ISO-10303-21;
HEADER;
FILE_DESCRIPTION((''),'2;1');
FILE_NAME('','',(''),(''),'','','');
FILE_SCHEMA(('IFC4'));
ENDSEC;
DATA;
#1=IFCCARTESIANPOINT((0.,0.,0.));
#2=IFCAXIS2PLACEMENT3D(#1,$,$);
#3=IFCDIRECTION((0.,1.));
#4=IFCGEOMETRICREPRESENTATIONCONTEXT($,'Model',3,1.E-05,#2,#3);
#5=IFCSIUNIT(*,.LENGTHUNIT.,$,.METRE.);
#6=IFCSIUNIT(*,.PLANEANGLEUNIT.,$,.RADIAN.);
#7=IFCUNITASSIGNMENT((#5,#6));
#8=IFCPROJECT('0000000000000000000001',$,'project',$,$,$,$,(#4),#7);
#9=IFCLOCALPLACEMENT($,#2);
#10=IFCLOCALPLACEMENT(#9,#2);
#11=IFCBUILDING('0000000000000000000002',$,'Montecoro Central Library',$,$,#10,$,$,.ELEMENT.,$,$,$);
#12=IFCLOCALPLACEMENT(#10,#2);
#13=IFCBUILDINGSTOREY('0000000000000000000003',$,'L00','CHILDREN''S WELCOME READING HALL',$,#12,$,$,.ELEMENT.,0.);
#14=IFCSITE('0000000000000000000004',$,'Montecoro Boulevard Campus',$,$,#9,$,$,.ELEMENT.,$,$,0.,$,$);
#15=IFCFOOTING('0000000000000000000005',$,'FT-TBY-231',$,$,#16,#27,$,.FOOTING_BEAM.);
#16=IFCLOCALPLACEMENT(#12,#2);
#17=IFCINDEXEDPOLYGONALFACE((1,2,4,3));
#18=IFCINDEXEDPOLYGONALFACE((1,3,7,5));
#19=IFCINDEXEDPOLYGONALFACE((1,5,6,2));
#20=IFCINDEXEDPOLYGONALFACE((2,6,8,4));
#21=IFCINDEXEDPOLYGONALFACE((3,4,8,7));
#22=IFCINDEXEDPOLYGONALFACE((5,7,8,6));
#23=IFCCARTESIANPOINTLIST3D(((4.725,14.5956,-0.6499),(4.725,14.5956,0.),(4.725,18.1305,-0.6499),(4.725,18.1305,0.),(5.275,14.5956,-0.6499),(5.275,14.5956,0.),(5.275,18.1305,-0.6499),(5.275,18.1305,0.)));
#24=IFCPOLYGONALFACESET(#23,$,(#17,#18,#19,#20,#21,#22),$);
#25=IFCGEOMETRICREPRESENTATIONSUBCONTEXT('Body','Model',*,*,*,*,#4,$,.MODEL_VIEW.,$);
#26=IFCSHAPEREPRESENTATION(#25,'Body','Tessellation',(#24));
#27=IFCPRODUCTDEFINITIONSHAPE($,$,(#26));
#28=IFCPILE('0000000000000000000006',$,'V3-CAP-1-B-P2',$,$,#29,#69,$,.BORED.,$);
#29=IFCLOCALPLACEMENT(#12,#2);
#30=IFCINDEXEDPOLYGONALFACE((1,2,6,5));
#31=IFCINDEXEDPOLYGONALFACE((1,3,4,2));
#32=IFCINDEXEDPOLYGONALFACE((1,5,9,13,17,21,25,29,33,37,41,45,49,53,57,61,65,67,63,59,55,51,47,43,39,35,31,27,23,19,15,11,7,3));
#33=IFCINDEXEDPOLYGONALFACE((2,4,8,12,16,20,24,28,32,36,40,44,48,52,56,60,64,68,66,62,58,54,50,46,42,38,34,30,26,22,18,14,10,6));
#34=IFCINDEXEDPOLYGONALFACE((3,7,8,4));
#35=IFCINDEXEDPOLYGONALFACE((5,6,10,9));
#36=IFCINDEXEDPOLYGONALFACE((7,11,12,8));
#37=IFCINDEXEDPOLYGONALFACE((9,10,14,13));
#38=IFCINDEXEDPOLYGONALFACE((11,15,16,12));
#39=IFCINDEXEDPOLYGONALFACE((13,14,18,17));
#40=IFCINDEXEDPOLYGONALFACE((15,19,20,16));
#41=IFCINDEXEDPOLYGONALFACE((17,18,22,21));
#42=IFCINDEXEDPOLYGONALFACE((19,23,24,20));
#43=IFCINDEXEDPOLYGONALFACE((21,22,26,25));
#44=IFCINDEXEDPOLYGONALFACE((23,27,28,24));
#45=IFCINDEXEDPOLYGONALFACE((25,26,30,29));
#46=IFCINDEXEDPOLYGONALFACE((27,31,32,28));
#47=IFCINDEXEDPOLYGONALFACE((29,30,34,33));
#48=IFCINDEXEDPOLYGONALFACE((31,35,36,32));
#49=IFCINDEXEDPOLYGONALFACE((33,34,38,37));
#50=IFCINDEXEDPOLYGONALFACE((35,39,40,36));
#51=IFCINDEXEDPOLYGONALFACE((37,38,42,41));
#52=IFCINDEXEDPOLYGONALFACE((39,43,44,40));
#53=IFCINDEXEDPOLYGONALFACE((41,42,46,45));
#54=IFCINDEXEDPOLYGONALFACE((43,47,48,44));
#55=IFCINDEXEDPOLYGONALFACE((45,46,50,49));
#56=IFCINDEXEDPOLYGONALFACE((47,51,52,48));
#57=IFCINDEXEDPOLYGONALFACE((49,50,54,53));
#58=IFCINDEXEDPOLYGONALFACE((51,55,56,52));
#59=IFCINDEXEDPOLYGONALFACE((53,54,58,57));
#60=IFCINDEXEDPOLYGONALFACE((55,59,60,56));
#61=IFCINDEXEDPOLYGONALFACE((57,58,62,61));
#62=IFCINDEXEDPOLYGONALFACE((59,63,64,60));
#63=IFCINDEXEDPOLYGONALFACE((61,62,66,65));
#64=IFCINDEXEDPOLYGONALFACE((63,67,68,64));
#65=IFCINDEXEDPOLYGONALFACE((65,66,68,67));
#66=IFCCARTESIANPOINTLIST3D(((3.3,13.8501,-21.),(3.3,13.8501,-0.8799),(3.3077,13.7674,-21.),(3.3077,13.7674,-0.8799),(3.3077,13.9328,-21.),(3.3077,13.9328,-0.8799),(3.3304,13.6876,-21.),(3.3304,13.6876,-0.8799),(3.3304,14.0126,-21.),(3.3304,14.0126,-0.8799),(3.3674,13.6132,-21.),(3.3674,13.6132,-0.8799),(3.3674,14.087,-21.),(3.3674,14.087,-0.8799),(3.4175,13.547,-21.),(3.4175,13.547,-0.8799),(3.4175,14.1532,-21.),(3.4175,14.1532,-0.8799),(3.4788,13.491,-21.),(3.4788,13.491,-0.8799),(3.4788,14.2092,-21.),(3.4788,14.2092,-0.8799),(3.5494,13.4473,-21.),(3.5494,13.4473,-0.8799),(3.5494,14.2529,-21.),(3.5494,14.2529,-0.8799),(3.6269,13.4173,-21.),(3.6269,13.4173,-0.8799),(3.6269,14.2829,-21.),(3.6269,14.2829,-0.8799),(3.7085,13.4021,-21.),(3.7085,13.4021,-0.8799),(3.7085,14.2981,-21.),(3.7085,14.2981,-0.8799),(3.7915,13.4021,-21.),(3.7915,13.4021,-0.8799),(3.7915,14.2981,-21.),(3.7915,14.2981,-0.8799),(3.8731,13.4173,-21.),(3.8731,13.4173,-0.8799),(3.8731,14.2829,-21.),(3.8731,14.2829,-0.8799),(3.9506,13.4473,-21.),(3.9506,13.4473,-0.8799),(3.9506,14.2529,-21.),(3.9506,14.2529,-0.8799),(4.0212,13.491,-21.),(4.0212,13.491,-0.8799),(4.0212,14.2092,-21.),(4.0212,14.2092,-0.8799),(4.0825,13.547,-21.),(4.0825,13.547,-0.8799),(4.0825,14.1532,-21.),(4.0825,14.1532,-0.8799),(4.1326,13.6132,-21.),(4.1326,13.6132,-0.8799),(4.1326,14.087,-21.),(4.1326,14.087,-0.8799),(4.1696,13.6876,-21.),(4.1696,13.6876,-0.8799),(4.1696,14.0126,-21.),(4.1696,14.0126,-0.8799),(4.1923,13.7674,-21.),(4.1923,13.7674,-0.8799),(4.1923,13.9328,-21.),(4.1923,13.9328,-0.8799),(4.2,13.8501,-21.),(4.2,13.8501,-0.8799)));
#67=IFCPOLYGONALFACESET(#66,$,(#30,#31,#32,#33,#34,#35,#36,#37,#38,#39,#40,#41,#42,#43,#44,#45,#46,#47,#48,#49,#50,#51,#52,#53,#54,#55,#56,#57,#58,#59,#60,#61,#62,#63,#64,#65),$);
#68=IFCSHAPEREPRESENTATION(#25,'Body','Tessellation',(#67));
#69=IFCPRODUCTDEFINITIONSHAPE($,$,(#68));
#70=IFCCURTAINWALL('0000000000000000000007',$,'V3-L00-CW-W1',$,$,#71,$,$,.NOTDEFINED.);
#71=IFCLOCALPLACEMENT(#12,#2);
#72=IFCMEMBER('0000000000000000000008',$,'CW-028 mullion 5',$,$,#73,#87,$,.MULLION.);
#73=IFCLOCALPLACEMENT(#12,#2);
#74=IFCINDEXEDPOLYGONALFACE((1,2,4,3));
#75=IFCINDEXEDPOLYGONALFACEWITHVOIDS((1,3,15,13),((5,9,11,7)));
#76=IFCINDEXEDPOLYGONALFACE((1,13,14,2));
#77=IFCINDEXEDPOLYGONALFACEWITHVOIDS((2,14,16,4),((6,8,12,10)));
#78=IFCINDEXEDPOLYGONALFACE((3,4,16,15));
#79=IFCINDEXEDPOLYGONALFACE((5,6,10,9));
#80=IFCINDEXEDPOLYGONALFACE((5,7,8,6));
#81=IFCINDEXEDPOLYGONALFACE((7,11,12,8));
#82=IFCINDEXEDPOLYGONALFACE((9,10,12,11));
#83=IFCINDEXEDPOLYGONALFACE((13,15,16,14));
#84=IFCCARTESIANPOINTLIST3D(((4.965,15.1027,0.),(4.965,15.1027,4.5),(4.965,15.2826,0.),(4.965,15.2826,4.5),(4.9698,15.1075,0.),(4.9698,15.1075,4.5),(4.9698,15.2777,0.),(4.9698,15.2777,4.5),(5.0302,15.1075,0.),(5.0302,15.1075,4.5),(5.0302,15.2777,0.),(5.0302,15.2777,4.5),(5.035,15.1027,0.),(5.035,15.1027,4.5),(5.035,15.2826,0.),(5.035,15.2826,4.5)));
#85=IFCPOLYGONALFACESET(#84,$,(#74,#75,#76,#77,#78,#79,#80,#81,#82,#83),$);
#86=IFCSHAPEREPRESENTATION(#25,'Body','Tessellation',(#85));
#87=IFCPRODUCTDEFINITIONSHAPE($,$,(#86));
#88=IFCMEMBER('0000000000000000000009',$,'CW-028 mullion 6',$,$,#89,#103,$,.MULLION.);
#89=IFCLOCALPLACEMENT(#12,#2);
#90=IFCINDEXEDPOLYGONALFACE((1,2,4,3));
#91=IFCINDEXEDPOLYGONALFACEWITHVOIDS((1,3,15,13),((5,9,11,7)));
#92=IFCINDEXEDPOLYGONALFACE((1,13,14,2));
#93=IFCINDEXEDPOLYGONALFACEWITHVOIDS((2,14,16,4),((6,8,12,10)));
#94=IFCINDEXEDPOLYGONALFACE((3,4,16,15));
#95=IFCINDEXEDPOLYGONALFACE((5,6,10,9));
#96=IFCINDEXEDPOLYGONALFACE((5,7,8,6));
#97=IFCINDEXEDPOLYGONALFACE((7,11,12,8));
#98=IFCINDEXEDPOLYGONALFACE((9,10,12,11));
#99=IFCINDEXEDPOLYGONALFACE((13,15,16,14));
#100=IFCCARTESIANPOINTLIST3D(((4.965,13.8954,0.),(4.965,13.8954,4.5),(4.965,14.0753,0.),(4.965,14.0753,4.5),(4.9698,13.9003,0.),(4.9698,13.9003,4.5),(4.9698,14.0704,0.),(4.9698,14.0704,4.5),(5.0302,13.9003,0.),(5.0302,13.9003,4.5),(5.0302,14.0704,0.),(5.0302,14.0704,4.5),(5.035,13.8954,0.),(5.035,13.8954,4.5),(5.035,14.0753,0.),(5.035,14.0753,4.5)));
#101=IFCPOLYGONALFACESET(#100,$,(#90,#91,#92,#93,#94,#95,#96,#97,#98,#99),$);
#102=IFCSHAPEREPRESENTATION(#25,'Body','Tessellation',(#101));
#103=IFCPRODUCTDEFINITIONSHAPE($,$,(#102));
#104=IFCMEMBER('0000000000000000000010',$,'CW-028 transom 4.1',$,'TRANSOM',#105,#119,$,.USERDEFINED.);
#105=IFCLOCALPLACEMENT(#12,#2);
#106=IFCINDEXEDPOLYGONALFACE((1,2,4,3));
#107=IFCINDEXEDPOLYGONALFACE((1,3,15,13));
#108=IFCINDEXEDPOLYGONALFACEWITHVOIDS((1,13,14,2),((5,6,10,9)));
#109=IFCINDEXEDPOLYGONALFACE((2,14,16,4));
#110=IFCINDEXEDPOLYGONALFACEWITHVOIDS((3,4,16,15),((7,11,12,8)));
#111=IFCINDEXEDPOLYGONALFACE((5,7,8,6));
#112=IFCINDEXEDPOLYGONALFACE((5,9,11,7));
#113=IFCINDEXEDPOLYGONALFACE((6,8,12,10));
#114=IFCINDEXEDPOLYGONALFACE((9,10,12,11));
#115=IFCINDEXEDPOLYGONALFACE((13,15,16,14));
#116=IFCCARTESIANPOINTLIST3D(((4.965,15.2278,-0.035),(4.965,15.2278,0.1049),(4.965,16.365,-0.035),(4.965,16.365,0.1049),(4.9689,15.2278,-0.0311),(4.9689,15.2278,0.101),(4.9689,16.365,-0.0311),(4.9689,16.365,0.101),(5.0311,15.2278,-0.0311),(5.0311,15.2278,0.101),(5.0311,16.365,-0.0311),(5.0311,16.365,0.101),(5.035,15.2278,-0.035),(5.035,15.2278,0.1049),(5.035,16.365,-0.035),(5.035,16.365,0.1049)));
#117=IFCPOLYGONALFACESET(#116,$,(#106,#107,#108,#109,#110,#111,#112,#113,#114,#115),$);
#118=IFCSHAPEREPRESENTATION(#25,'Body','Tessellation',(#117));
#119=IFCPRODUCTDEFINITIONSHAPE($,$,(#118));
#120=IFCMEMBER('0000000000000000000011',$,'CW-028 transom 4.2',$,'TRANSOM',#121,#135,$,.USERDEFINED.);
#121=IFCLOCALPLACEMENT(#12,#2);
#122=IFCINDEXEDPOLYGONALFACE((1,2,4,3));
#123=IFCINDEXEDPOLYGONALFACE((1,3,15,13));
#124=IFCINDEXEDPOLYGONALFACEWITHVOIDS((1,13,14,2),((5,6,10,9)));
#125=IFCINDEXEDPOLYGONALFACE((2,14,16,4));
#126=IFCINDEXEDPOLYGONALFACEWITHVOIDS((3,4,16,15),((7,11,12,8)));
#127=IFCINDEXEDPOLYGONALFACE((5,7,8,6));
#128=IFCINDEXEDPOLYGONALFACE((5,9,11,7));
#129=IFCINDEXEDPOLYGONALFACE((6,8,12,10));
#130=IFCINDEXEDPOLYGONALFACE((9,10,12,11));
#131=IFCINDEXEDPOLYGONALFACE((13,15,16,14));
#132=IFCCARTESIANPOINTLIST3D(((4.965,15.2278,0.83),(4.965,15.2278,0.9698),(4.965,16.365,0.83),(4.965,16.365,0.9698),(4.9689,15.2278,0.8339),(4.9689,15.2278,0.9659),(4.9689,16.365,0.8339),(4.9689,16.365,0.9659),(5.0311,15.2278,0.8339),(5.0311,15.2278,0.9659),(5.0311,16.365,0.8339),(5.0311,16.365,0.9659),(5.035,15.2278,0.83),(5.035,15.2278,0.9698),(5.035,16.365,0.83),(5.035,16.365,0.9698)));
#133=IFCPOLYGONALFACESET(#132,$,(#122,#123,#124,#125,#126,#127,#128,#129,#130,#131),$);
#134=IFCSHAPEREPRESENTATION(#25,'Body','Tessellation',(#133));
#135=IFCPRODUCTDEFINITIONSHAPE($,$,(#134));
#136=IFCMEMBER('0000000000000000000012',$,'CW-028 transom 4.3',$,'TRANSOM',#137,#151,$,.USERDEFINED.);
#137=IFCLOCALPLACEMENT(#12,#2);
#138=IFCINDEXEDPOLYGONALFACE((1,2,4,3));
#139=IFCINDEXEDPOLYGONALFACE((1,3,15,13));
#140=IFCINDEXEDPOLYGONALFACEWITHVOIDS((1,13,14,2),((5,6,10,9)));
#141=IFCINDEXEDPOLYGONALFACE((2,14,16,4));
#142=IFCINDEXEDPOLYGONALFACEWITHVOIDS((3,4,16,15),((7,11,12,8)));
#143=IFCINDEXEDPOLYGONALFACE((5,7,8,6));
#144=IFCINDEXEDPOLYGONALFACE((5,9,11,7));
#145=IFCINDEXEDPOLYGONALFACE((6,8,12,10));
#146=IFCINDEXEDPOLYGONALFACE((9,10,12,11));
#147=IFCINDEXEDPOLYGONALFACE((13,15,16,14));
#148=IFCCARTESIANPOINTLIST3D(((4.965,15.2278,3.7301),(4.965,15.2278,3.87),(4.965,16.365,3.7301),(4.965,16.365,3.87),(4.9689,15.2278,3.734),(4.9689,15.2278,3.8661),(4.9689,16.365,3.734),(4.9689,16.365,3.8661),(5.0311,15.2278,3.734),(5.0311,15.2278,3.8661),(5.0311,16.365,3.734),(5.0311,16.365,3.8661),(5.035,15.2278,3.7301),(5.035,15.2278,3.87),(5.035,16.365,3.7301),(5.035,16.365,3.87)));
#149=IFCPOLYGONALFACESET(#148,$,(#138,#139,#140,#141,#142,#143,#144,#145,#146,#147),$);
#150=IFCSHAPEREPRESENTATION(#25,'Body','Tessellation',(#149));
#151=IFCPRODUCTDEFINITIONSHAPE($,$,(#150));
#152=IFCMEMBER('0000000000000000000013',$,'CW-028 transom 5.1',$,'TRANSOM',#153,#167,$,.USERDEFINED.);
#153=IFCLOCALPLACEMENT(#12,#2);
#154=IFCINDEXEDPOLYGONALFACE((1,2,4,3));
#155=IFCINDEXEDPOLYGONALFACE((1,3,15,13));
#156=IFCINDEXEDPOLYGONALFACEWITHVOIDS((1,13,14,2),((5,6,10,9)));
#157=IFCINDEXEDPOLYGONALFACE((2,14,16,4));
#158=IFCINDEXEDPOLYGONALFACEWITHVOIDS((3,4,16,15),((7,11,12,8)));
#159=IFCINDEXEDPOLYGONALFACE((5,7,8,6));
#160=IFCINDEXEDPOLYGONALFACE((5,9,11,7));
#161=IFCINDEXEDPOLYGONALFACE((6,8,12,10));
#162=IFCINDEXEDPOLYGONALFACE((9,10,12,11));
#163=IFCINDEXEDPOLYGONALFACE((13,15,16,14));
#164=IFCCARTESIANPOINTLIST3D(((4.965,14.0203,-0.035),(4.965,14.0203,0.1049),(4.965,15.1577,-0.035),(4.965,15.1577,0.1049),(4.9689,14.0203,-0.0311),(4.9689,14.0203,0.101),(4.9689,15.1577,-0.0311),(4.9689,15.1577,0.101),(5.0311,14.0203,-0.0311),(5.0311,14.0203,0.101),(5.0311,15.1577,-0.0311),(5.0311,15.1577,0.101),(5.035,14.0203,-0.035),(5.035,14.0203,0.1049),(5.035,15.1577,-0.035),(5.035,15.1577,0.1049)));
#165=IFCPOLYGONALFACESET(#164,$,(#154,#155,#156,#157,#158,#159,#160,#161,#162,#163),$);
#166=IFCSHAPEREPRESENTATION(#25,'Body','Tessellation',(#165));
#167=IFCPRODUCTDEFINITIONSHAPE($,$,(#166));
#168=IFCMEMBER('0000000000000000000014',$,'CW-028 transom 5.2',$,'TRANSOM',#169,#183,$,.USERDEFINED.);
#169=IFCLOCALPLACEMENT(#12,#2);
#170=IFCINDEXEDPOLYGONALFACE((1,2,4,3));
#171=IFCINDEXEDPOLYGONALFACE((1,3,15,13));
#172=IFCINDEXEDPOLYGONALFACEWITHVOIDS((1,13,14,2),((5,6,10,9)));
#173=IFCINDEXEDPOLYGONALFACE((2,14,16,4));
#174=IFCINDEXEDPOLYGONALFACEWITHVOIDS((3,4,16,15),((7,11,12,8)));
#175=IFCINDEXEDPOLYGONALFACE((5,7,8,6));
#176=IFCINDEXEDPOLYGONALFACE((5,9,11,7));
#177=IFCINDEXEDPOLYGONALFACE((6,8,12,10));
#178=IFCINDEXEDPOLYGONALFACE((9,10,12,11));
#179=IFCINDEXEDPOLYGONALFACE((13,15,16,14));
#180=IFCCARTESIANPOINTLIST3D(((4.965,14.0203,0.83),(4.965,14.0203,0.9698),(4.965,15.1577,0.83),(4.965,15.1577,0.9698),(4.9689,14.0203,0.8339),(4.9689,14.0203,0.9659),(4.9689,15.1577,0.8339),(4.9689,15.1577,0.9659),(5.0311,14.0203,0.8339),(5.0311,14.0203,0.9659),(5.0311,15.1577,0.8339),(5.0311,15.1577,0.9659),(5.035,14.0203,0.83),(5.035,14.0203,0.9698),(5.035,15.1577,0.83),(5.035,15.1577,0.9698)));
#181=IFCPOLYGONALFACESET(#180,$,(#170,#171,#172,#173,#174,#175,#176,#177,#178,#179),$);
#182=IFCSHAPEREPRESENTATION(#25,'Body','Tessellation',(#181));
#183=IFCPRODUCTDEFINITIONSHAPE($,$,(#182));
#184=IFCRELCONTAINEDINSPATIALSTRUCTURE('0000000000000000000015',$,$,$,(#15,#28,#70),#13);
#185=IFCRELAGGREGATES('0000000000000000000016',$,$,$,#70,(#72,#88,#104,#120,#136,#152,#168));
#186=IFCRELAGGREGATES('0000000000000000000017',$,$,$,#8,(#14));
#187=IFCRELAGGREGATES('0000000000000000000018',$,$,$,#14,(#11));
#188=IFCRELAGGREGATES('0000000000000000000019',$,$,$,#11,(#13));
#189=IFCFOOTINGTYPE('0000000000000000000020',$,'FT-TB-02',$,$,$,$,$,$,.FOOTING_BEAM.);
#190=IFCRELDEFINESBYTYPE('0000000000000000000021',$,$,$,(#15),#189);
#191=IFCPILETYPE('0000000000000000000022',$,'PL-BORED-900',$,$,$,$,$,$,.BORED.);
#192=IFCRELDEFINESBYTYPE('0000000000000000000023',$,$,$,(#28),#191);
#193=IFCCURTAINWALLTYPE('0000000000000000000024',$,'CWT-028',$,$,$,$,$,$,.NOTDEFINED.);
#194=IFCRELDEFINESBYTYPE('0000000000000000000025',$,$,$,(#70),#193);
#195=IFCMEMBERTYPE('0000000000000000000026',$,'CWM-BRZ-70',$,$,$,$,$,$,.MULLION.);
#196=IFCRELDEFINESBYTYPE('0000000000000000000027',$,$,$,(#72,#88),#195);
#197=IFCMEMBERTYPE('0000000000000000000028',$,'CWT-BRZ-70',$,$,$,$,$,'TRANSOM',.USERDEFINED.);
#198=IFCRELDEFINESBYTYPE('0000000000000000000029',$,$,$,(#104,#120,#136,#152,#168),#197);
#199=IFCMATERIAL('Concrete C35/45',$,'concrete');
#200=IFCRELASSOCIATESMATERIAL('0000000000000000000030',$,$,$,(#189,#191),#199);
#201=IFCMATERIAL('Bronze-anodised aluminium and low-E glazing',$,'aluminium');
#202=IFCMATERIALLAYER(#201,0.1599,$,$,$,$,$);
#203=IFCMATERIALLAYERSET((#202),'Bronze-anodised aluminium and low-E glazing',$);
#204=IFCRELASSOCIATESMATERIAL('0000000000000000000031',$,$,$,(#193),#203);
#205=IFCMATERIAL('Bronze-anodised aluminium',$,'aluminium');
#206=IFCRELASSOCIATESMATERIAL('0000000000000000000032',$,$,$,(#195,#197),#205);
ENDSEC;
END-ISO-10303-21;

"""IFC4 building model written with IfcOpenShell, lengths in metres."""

from ifc_helpers import new_model, si_unit, direction, frame, origin, origin_2d, place, context, subcontext, project, spatial, rectangle, hollow_rectangle, circle, extrude, material, layer, layer_set, material_profile, profile_set, type_object, element, aggregate, save


model = new_model("IFC4")

# Units and contexts
model_context = context("Model", 3, precision=1e-05, world=origin(), true_north=direction((0.0, 1.0)))
body_context = subcontext(model_context, "Body", "Model", "MODEL_VIEW")
ifc_project = project(units=[si_unit("LENGTHUNIT", "METRE"), si_unit("PLANEANGLEUNIT", "RADIAN")], contexts=[model_context])

# Site, building, storey
site_placement = place(None, origin())
site = spatial("IfcSite", under=ifc_project, at=site_placement, Name="Montecoro Boulevard Campus", CompositionType="ELEMENT", RefElevation=0.0)
building_placement = place(site_placement, origin())
building = spatial("IfcBuilding", under=site, at=building_placement, Name="Montecoro Central Library", CompositionType="ELEMENT")
storey_placement = place(building_placement, origin())
storey = spatial("IfcBuildingStorey", under=building, at=storey_placement, Name="L00", Description="CHILDREN'S WELCOME READING HALL", CompositionType="ELEMENT", Elevation=0.0)

# Footing
ifc_material_1 = material(Name="Concrete C35/45", Category="concrete")
footing_type = type_object("IfcFootingType", Name="FT-TB-02", PredefinedType="FOOTING_BEAM", material=ifc_material_1)
footing_placement = place(storey_placement, frame((5.0, 16.363, -0.6499), z_axis=(0.0, 0.0, 1.0), x_axis=(1.0, 0.0, 0.0)))
element("IfcFooting", 1, at=footing_placement, inside=storey, type_object=footing_type, Name="FT-TBY-231", PredefinedType="FOOTING_BEAM", context=body_context, shape_type="SweptSolid", body=[
    extrude(rectangle(XDim=0.55, YDim=3.5349, at=origin_2d()), origin(), (0.0, 0.0, 1.0), 0.6499),
])

# Pile
ifc_material_profile_1 = material_profile(ifc_material_1, circle(Radius=0.45, at=origin_2d()), Name="PILE D900")
ifc_profile_set_1 = profile_set([ifc_material_profile_1], Name="Concrete C35/45")
pile_type = type_object("IfcPileType", Name="PL-BORED-900", PredefinedType="BORED", material=ifc_profile_set_1)
pile_placement = place(storey_placement, frame((3.75, 13.8501, -0.8799), z_axis=(0.0, 0.0, -1.0), x_axis=(1.0, 0.0, 0.0)))
element("IfcPile", 2, at=pile_placement, inside=storey, type_object=pile_type, Name="V3-CAP-1-B-P2", PredefinedType="BORED", context=body_context, shape_type="SweptSolid", body=[
    extrude(circle(Radius=0.45, at=origin_2d()), origin(), (0.0, 0.0, 1.0), 20.1201),
])

# Curtain wall, members
ifc_material_2 = material(Name="Bronze-anodised aluminium and low-E glazing", Category="aluminium")
ifc_layer_1 = layer(ifc_material_2, 0.1599)
ifc_layer_set_1 = layer_set([ifc_layer_1], Name="Bronze-anodised aluminium and low-E glazing")
curtain_wall_type = type_object("IfcCurtainWallType", Name="CWT-028", PredefinedType="NOTDEFINED", material=ifc_layer_set_1)
curtain_wall_placement = place(storey_placement, origin())
curtain_wall = element("IfcCurtainWall", 3, at=curtain_wall_placement, inside=storey, type_object=curtain_wall_type, Name="V3-L00-CW-W1", PredefinedType="NOTDEFINED")
ifc_material_3 = material(Name="Bronze-anodised aluminium", Category="aluminium")
ifc_material_profile_2 = material_profile(ifc_material_3, hollow_rectangle(XDim=0.0701, YDim=0.1799, WallThickness=0.0049, at=origin_2d()), Name="CWM 180x70x5.0")
ifc_profile_set_2 = profile_set([ifc_material_profile_2], Name="Bronze-anodised aluminium")
member_type_1 = type_object("IfcMemberType", Name="CWM-BRZ-70", PredefinedType="MULLION", material=ifc_profile_set_2)
member_1_placement = place(storey_placement, frame((5.0, 15.1926, 0.0), z_axis=(0.0, 0.0, 1.0), x_axis=(1.0, 0.0, 0.0)))
member_1 = element("IfcMember", 4, at=member_1_placement, type_object=member_type_1, Name="CW-028 mullion 5", PredefinedType="MULLION", context=body_context, shape_type="SweptSolid", body=[
    extrude(hollow_rectangle(XDim=0.0701, YDim=0.1799, WallThickness=0.0049, at=origin_2d()), origin(), (0.0, 0.0, 1.0), 4.5),
])
member_2_placement = place(storey_placement, frame((5.0, 13.9854, 0.0), z_axis=(0.0, 0.0, 1.0), x_axis=(1.0, 0.0, 0.0)))
member_2 = element("IfcMember", 5, at=member_2_placement, type_object=member_type_1, Name="CW-028 mullion 6", PredefinedType="MULLION", context=body_context, shape_type="SweptSolid", body=[
    extrude(hollow_rectangle(XDim=0.0701, YDim=0.1799, WallThickness=0.0049, at=origin_2d()), origin(), (0.0, 0.0, 1.0), 4.5),
])
ifc_material_profile_3 = material_profile(ifc_material_3, hollow_rectangle(XDim=0.0701, YDim=0.1399, WallThickness=0.0039, at=origin_2d()), Name="CWT 140x70x4.0")
ifc_profile_set_3 = profile_set([ifc_material_profile_3], Name="Bronze-anodised aluminium")
member_type_2 = type_object("IfcMemberType", Name="CWT-BRZ-70", ElementType="TRANSOM", PredefinedType="USERDEFINED", material=ifc_profile_set_3)
member_3_placement = place(storey_placement, frame((5.0, 16.365, 0.0349), z_axis=(0.0, -1.0, 0.0), x_axis=(1.0, 0.0, 0.0)))
member_3 = element("IfcMember", 6, at=member_3_placement, type_object=member_type_2, Name="CW-028 transom 4.1", ObjectType="TRANSOM", PredefinedType="USERDEFINED", context=body_context, shape_type="SweptSolid", body=[
    extrude(hollow_rectangle(XDim=0.0701, YDim=0.1399, WallThickness=0.0039, at=origin_2d()), origin(), (0.0, 0.0, 1.0), 1.1372),
])
member_4_placement = place(storey_placement, frame((5.0, 16.365, 0.8999), z_axis=(0.0, -1.0, 0.0), x_axis=(1.0, 0.0, 0.0)))
member_4 = element("IfcMember", 7, at=member_4_placement, type_object=member_type_2, Name="CW-028 transom 4.2", ObjectType="TRANSOM", PredefinedType="USERDEFINED", context=body_context, shape_type="SweptSolid", body=[
    extrude(hollow_rectangle(XDim=0.0701, YDim=0.1399, WallThickness=0.0039, at=origin_2d()), origin(), (0.0, 0.0, 1.0), 1.1372),
])
member_5_placement = place(storey_placement, frame((5.0, 16.365, 3.8), z_axis=(0.0, -1.0, 0.0), x_axis=(1.0, 0.0, 0.0)))
member_5 = element("IfcMember", 8, at=member_5_placement, type_object=member_type_2, Name="CW-028 transom 4.3", ObjectType="TRANSOM", PredefinedType="USERDEFINED", context=body_context, shape_type="SweptSolid", body=[
    extrude(hollow_rectangle(XDim=0.0701, YDim=0.1399, WallThickness=0.0039, at=origin_2d()), origin(), (0.0, 0.0, 1.0), 1.1372),
])
member_6_placement = place(storey_placement, frame((5.0, 15.1577, 0.0349), z_axis=(0.0, -1.0, 0.0), x_axis=(1.0, 0.0, 0.0)))
member_6 = element("IfcMember", 9, at=member_6_placement, type_object=member_type_2, Name="CW-028 transom 5.1", ObjectType="TRANSOM", PredefinedType="USERDEFINED", context=body_context, shape_type="SweptSolid", body=[
    extrude(hollow_rectangle(XDim=0.0701, YDim=0.1399, WallThickness=0.0039, at=origin_2d()), origin(), (0.0, 0.0, 1.0), 1.1375),
])
member_7_placement = place(storey_placement, frame((5.0, 15.1577, 0.8999), z_axis=(0.0, -1.0, 0.0), x_axis=(1.0, 0.0, 0.0)))
member_7 = element("IfcMember", 10, at=member_7_placement, type_object=member_type_2, Name="CW-028 transom 5.2", ObjectType="TRANSOM", PredefinedType="USERDEFINED", context=body_context, shape_type="SweptSolid", body=[
    extrude(hollow_rectangle(XDim=0.0701, YDim=0.1399, WallThickness=0.0039, at=origin_2d()), origin(), (0.0, 0.0, 1.0), 1.1375),
])
aggregate(curtain_wall, [member_1, member_2, member_3, member_4, member_5, member_6, member_7])

save(model, "model.ifc")
